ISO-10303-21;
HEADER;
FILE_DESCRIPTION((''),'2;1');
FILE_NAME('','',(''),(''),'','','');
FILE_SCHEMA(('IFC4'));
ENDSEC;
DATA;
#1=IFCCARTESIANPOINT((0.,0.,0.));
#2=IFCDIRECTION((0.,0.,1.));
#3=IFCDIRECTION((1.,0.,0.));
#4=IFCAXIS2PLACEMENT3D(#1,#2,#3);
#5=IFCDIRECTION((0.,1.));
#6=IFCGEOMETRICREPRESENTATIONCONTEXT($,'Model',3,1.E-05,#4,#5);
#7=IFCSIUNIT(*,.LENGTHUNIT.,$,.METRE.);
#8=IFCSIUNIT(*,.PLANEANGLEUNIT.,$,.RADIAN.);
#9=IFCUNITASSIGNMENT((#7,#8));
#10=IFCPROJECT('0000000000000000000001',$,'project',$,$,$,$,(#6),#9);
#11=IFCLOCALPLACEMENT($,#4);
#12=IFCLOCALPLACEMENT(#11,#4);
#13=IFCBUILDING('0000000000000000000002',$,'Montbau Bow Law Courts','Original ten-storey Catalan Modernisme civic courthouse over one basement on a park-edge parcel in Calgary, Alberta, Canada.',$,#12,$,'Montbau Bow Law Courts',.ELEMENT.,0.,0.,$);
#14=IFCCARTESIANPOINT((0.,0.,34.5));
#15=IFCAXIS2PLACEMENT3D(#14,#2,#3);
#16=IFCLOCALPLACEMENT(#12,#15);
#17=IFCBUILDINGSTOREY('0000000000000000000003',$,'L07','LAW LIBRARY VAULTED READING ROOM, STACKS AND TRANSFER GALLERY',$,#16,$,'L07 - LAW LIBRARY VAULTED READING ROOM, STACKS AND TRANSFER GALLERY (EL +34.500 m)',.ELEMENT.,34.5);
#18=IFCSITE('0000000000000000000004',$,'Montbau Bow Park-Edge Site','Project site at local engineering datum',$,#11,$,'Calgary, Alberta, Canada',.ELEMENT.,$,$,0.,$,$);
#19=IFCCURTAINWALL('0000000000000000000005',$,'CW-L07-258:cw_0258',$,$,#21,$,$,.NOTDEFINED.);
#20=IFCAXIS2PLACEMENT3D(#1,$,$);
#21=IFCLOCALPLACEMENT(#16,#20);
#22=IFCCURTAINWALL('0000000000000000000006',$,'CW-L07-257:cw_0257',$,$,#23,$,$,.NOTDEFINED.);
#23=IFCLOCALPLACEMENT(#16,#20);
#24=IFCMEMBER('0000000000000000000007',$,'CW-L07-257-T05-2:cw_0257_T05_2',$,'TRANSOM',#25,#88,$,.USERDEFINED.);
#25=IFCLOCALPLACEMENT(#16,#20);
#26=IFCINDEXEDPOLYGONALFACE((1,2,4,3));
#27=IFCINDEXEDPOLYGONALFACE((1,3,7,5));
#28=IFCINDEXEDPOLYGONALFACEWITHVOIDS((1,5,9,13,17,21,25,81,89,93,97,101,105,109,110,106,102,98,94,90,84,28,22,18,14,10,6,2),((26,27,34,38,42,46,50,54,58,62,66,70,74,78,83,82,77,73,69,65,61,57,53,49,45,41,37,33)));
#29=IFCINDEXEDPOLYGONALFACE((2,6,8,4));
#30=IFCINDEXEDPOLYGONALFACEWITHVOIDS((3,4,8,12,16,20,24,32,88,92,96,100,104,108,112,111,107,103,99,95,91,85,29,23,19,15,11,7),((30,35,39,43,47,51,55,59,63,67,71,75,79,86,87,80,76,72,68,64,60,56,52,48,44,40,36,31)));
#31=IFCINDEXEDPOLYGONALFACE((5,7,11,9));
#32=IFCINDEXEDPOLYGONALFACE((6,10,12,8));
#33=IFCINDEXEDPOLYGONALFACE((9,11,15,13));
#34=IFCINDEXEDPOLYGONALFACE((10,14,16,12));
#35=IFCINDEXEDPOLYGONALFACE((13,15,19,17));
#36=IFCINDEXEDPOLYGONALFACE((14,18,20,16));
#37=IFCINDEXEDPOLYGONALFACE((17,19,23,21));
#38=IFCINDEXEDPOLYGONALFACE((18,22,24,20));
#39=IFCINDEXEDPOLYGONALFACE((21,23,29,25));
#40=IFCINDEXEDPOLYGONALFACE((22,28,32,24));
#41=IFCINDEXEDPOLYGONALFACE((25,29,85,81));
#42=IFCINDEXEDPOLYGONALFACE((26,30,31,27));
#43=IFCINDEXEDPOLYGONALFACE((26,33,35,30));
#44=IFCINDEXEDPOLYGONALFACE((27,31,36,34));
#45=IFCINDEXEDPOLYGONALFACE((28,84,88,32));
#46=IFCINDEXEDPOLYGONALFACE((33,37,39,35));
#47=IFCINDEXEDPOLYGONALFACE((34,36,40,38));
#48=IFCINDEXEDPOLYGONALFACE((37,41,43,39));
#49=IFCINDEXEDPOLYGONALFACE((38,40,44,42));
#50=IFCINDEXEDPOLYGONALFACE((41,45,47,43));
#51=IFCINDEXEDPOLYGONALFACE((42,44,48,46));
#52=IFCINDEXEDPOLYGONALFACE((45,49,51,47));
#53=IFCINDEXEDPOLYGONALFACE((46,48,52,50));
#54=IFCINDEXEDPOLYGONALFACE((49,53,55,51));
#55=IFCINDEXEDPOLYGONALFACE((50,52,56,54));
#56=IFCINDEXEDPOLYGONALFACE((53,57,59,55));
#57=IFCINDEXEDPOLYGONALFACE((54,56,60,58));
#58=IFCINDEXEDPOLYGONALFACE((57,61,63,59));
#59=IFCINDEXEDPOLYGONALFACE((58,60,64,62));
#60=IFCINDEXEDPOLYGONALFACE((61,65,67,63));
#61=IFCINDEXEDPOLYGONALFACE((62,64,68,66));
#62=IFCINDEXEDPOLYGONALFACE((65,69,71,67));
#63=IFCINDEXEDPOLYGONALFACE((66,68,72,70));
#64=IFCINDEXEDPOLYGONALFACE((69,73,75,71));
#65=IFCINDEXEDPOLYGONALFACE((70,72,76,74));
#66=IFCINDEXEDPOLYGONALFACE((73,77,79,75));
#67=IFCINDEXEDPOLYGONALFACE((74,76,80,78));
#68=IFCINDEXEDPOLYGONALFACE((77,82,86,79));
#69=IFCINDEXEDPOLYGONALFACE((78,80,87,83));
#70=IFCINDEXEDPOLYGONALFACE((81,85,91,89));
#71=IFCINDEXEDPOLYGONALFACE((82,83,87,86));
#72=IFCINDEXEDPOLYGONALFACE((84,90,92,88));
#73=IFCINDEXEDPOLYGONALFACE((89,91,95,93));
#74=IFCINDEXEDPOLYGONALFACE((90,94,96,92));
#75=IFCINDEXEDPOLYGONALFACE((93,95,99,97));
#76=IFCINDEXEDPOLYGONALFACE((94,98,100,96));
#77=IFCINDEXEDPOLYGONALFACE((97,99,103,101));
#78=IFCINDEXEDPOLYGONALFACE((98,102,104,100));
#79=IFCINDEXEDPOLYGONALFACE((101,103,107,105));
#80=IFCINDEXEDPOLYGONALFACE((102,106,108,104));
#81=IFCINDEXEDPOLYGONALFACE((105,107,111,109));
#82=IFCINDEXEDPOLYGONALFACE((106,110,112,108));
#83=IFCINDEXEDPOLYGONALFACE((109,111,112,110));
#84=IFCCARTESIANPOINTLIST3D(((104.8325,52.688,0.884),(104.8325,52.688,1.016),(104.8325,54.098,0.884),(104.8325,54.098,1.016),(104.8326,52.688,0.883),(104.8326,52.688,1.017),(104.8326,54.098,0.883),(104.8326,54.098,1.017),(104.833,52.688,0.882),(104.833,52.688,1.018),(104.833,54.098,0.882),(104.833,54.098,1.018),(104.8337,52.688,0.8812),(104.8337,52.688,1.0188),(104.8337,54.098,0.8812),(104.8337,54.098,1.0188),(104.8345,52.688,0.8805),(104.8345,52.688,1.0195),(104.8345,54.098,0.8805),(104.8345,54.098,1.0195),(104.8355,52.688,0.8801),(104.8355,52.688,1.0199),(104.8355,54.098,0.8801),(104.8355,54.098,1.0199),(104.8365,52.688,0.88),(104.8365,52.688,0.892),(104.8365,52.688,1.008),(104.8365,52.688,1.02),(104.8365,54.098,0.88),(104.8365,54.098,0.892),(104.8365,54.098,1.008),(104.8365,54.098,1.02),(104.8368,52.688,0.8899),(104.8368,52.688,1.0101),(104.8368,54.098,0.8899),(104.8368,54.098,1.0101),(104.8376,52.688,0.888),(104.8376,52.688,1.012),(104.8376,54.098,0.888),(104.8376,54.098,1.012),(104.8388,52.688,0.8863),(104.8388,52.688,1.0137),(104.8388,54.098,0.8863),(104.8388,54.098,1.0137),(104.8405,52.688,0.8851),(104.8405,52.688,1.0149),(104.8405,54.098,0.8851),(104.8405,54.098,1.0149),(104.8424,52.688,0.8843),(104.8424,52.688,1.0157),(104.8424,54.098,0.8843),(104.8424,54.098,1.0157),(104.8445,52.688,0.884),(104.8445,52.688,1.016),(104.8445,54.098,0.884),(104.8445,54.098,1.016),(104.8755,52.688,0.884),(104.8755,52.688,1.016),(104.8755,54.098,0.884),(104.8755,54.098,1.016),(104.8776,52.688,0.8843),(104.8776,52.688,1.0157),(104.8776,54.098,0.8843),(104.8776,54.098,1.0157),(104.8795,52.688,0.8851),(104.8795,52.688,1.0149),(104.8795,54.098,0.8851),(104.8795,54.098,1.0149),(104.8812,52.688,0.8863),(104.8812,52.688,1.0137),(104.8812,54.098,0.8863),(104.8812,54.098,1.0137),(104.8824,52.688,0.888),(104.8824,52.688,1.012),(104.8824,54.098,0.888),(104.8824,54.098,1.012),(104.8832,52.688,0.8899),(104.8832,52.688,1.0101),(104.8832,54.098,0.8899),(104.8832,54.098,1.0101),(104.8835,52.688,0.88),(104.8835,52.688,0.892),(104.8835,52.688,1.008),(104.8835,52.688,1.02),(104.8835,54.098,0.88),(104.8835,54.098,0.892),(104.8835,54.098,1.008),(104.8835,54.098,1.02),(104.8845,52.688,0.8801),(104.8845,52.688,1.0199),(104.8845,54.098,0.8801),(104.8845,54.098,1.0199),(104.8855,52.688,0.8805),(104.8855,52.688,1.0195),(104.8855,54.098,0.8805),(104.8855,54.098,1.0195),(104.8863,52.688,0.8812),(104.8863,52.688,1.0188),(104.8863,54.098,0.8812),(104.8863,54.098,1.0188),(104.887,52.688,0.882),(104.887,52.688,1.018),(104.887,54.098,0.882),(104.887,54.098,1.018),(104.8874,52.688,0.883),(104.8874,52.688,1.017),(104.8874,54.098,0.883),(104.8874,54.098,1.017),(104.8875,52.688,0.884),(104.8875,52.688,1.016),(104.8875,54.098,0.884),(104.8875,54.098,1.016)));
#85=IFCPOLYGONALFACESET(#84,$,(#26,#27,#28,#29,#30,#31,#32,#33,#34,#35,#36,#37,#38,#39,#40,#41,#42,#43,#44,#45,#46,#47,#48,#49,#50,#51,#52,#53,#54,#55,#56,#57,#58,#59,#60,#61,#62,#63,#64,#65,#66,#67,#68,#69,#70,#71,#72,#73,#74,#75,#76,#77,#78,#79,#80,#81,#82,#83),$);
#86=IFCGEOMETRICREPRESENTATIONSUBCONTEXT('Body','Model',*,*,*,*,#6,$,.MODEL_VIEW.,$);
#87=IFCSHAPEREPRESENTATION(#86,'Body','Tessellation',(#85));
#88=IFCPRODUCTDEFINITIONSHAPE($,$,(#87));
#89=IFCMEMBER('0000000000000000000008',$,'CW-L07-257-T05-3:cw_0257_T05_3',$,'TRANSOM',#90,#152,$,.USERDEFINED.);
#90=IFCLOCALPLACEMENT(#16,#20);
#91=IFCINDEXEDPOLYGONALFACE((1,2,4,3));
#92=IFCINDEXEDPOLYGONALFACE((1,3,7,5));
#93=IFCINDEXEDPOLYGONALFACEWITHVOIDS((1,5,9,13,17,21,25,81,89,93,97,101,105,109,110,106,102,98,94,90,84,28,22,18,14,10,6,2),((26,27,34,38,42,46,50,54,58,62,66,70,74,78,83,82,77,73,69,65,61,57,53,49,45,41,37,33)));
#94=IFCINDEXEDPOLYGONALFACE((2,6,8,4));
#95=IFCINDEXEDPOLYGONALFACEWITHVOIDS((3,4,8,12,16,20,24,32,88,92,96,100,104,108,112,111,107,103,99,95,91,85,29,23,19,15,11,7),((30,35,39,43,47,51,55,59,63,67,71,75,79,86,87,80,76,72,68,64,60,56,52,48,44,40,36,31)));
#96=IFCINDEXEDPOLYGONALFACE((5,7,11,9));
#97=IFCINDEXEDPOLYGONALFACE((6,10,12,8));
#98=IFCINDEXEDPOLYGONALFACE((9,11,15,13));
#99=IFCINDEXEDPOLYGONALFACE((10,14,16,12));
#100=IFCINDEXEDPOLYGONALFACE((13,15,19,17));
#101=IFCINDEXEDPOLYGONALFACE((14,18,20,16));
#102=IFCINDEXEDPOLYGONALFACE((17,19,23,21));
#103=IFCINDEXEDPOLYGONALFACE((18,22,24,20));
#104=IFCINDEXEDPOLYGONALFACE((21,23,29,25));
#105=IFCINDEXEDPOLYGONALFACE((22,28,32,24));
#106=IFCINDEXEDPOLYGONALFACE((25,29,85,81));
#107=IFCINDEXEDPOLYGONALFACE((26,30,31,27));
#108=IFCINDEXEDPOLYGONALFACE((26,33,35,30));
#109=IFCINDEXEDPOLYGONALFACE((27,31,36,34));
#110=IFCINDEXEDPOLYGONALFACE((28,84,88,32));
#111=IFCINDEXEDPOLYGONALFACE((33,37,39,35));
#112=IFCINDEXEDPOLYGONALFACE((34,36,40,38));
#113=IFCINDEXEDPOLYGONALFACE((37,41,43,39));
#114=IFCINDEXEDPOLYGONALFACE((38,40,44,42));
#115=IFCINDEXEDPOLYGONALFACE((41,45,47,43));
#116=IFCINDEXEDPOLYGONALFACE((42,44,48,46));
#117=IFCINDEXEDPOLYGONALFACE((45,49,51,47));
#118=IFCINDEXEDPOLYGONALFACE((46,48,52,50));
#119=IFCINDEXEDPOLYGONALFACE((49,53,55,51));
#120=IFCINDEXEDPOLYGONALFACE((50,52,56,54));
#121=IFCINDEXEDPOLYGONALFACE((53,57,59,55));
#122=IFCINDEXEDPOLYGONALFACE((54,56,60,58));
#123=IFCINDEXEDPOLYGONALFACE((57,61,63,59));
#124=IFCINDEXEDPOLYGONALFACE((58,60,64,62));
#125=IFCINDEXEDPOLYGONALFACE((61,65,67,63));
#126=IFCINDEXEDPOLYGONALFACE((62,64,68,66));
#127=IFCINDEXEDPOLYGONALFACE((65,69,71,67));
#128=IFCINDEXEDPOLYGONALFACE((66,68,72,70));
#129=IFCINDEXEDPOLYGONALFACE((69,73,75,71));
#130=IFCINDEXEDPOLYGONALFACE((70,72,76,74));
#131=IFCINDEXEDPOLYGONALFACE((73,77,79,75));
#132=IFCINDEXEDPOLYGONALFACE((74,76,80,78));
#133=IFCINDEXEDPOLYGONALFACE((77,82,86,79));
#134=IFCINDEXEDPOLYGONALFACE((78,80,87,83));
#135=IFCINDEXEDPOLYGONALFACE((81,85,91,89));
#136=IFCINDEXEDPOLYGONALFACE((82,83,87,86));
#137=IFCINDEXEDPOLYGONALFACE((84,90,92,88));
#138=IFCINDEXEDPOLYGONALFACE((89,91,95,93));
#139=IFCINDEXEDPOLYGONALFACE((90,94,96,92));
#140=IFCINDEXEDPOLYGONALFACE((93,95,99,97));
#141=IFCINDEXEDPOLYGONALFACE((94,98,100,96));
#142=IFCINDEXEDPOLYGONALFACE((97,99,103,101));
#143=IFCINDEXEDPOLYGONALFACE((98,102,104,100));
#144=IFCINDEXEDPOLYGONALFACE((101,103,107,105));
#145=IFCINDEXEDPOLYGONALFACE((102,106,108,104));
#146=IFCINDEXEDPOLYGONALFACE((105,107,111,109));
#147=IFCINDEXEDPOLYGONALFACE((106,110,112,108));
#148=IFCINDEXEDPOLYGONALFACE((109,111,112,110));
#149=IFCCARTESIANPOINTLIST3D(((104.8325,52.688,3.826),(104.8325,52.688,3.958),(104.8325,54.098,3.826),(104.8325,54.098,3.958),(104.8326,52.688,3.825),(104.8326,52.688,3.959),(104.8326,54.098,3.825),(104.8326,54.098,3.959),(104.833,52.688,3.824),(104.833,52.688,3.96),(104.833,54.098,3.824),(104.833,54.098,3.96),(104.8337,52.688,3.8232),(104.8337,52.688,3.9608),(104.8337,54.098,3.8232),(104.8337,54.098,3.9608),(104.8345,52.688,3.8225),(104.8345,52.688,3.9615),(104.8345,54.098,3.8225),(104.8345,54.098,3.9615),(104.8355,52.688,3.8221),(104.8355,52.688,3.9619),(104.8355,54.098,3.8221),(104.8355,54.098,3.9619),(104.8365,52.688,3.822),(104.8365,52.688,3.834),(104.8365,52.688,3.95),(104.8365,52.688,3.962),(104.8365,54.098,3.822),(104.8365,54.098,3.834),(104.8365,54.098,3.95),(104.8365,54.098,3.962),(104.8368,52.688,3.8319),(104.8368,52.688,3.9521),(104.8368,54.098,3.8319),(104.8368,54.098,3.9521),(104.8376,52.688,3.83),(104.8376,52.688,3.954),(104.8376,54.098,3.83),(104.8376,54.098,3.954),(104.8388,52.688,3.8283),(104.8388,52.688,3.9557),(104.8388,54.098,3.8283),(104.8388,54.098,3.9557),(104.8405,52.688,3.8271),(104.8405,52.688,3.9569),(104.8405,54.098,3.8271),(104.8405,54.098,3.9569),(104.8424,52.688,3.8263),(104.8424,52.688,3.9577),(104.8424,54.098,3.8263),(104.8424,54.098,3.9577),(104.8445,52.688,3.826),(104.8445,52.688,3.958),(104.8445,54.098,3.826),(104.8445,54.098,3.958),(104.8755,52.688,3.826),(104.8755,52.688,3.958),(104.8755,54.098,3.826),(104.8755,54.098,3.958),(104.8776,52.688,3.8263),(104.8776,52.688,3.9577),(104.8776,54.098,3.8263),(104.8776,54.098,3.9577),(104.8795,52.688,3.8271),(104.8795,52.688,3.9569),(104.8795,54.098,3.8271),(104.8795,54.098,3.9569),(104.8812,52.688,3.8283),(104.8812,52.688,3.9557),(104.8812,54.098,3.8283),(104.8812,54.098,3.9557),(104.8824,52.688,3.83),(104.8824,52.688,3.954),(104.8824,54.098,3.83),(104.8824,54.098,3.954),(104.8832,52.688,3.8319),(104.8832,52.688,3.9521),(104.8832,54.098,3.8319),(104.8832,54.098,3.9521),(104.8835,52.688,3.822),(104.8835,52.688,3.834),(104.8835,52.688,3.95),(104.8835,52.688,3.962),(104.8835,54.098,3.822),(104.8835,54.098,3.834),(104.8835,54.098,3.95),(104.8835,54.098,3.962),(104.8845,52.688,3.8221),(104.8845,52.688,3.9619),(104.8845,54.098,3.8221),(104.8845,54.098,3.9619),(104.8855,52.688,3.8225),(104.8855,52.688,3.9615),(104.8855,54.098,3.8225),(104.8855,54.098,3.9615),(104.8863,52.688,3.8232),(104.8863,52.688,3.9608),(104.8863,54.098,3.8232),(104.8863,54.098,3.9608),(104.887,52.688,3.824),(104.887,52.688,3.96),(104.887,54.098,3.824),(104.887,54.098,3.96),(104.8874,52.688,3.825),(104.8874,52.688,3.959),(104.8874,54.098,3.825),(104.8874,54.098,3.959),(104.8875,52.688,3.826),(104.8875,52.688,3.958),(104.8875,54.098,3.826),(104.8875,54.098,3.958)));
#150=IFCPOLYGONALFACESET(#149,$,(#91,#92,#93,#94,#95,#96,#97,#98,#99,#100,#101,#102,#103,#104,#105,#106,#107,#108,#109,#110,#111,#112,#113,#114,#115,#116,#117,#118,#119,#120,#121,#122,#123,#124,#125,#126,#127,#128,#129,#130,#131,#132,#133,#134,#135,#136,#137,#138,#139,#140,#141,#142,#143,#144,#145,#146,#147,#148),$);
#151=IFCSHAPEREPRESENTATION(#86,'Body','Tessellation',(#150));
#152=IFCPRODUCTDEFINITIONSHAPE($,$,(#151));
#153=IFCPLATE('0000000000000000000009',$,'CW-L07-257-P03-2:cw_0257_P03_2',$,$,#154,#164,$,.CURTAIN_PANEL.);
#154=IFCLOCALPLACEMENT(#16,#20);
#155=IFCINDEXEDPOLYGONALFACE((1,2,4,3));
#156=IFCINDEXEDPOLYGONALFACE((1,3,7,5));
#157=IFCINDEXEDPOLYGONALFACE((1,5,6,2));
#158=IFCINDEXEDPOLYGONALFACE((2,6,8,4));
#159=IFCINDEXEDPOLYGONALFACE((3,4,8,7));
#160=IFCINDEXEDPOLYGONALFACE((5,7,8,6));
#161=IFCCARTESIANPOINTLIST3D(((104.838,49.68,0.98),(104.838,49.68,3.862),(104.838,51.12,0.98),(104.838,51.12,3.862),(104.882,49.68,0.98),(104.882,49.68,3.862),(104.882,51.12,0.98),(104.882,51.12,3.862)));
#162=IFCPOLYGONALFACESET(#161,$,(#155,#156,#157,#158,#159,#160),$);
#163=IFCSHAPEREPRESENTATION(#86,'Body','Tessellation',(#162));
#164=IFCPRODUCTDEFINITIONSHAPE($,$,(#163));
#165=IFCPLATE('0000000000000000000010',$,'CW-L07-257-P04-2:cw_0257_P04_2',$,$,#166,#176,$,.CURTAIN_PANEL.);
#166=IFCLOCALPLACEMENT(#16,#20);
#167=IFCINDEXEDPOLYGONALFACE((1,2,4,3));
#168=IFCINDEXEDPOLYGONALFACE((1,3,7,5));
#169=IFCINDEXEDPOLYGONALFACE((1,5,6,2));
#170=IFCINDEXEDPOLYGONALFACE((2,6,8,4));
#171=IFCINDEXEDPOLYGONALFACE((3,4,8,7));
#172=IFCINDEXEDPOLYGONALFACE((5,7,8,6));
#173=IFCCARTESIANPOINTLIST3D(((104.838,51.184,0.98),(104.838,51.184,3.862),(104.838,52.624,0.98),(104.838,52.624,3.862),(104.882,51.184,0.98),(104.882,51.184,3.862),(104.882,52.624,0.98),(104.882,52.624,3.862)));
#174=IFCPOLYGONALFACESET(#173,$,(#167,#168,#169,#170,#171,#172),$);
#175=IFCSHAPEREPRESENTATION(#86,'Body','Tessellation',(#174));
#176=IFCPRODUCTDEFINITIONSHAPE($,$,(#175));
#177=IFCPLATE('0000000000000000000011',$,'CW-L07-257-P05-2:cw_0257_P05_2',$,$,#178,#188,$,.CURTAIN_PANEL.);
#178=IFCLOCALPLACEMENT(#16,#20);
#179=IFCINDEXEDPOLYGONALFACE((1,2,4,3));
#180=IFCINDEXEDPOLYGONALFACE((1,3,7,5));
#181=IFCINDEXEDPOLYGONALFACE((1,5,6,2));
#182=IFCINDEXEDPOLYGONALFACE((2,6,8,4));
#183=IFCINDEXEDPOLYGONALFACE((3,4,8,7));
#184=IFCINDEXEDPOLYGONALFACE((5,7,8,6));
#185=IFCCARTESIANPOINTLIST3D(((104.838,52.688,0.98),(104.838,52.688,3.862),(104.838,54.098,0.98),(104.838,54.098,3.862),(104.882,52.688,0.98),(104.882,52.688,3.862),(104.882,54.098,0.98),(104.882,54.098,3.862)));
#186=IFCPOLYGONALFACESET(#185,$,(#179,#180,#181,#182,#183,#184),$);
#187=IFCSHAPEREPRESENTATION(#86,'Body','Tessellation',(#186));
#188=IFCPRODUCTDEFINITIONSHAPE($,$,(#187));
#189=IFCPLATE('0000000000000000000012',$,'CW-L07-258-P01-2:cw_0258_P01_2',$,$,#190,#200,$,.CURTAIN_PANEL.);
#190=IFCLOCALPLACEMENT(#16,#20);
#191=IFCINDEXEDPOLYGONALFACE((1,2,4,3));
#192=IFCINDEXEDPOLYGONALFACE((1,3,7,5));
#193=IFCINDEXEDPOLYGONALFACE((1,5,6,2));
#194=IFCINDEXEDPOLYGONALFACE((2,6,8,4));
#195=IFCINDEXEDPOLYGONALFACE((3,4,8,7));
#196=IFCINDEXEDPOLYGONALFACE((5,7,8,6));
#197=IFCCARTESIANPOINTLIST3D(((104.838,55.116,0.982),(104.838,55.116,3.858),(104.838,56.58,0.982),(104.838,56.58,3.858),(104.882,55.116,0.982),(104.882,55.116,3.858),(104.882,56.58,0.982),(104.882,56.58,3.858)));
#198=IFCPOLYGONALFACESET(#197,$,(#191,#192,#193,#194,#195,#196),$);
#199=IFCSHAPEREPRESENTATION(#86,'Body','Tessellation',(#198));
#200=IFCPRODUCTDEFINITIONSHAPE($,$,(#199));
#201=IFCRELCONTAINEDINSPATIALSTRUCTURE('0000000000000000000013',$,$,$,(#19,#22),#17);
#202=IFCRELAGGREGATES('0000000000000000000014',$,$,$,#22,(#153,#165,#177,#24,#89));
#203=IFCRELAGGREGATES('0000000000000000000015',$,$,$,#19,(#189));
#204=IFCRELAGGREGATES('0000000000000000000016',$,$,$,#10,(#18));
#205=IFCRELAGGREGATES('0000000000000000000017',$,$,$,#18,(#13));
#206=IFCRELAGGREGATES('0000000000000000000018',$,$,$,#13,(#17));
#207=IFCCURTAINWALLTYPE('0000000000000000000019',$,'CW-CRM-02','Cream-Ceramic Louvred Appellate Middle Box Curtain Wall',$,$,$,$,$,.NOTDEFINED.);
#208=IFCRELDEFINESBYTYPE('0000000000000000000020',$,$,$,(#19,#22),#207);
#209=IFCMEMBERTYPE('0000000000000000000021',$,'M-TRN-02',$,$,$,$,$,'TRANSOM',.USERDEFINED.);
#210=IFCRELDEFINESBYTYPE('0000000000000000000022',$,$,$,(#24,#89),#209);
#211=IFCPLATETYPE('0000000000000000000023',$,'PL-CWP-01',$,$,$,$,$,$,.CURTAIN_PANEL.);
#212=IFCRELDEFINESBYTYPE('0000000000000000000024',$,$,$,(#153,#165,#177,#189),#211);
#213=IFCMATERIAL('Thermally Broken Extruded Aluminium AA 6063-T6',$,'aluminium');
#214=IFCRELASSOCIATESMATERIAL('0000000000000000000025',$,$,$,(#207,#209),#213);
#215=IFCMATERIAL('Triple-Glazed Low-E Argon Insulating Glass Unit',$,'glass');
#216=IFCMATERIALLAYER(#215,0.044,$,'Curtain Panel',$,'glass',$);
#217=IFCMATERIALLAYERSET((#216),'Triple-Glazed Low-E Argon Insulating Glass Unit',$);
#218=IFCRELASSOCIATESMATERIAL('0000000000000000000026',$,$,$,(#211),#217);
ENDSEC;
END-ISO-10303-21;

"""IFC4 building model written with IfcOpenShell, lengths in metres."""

from ifc_helpers import new_model, si_unit, direction, frame, frame_2d, origin_with_axes, origin_2d_with_axis, place, context, subcontext, project, spatial, rectangle, hollow_rectangle, extrude, material, layer, layer_set, material_profile, profile_set, type_object, element, aggregate, save


model = new_model("IFC4")

# Units and contexts
model_context = context("Model", 3, precision=1e-05, world=origin_with_axes(), true_north=direction((0.0, 1.0)))
body_context = subcontext(model_context, "Body", "Model", "MODEL_VIEW")
ifc_project = project(units=[si_unit("LENGTHUNIT", "METRE"), si_unit("PLANEANGLEUNIT", "RADIAN")], contexts=[model_context])

# Site, building, storey
site_placement = place(None, origin_with_axes())
site = spatial("IfcSite", under=ifc_project, at=site_placement, Name="Montbau Bow Park-Edge Site", Description="Project site at local engineering datum", LongName="Calgary, Alberta, Canada", CompositionType="ELEMENT", RefElevation=0.0)
building_placement = place(site_placement, origin_with_axes())
building = spatial("IfcBuilding", under=site, at=building_placement, Name="Montbau Bow Law Courts", Description="Original ten-storey Catalan Modernisme civic courthouse over one basement on a park-edge parcel in Calgary, Alberta, Canada.", LongName="Montbau Bow Law Courts", CompositionType="ELEMENT", ElevationOfRefHeight=0.0, ElevationOfTerrain=0.0)
storey_placement = place(building_placement, frame((0.0, 0.0, 34.5), z_axis=(0.0, 0.0, 1.0), x_axis=(1.0, 0.0, 0.0)))
storey = spatial("IfcBuildingStorey", under=building, at=storey_placement, Name="L07", Description="LAW LIBRARY VAULTED READING ROOM, STACKS AND TRANSFER GALLERY", LongName="L07 - LAW LIBRARY VAULTED READING ROOM, STACKS AND TRANSFER GALLERY (EL +34.500 m)", CompositionType="ELEMENT", Elevation=34.5)

# Curtain walls
ifc_material_1 = material(Name="Thermally Broken Extruded Aluminium AA 6063-T6", Category="aluminium")
curtain_wall_type = type_object("IfcCurtainWallType", Name="CW-CRM-02", Description="Cream-Ceramic Louvred Appellate Middle Box Curtain Wall", PredefinedType="NOTDEFINED", material=ifc_material_1)
curtain_wall_1_placement = place(None, frame((104.86, 55.04, 34.5), z_axis=(0.0, 0.0, 1.0), x_axis=(1.0, 0.0, 0.0)))
curtain_wall_1 = element("IfcCurtainWall", 1, at=curtain_wall_1_placement, inside=storey, type_object=curtain_wall_type, Name="CW-L07-258:cw_0258", PredefinedType="NOTDEFINED")
curtain_wall_2_placement = place(None, frame((104.86, 46.64, 34.5), z_axis=(0.0, 0.0, 1.0), x_axis=(1.0, 0.0, 0.0)))
curtain_wall_2 = element("IfcCurtainWall", 2, at=curtain_wall_2_placement, inside=storey, type_object=curtain_wall_type, Name="CW-L07-257:cw_0257", PredefinedType="NOTDEFINED")

# Members
ifc_material_profile_1 = material_profile(ifc_material_1, hollow_rectangle(XDim=0.055, YDim=0.14, WallThickness=0.004, InnerFilletRadius=0.008, OuterFilletRadius=0.004, at=origin_2d_with_axis()), Name="CWT-140X55", Category="Main", Priority=0)
ifc_profile_set_1 = profile_set([ifc_material_profile_1], Name="Thermally Broken Extruded Aluminium AA 6063-T6")
member_type_1 = type_object("IfcMemberType", Name="M-TRN-02", ElementType="TRANSOM", PredefinedType="USERDEFINED", material=ifc_profile_set_1)
member_1_placement = place(None, frame((104.86, 52.688, 35.45), z_axis=(0.0, 1.0, 0.0), x_axis=(-1.0, 0.0, 0.0)))
member_1 = element("IfcMember", 3, at=member_1_placement, type_object=member_type_1, Name="CW-L07-257-T05-2:cw_0257_T05_2", ObjectType="TRANSOM", PredefinedType="USERDEFINED", context=body_context, shape_type="SweptSolid", body=[
    extrude(hollow_rectangle(XDim=0.055, YDim=0.14, WallThickness=0.004, InnerFilletRadius=0.008, OuterFilletRadius=0.004, at=origin_2d_with_axis()), origin_with_axes(), (0.0, 0.0, 1.0), 1.41),
])
member_2_placement = place(None, frame((104.86, 52.688, 38.392), z_axis=(0.0, 1.0, 0.0), x_axis=(-1.0, 0.0, 0.0)))
member_2 = element("IfcMember", 4, at=member_2_placement, type_object=member_type_1, Name="CW-L07-257-T05-3:cw_0257_T05_3", ObjectType="TRANSOM", PredefinedType="USERDEFINED", context=body_context, shape_type="SweptSolid", body=[
    extrude(hollow_rectangle(XDim=0.055, YDim=0.14, WallThickness=0.004, InnerFilletRadius=0.008, OuterFilletRadius=0.004, at=origin_2d_with_axis()), origin_with_axes(), (0.0, 0.0, 1.0), 1.41),
])

# Plates
ifc_material_2 = material(Name="Triple-Glazed Low-E Argon Insulating Glass Unit", Category="glass")
ifc_layer_1 = layer(ifc_material_2, 0.044, Name="Curtain Panel", Category="glass")
ifc_layer_set_1 = layer_set([ifc_layer_1], Name="Triple-Glazed Low-E Argon Insulating Glass Unit")
plate_type_1 = type_object("IfcPlateType", Name="PL-CWP-01", PredefinedType="CURTAIN_PANEL", material=ifc_layer_set_1)
plate_1_placement = place(None, frame((104.86, 49.68, 35.48), z_axis=(1.0, 0.0, 0.0), x_axis=(0.0, 1.0, 0.0)))
plate_1 = element("IfcPlate", 5, at=plate_1_placement, type_object=plate_type_1, Name="CW-L07-257-P03-2:cw_0257_P03_2", PredefinedType="CURTAIN_PANEL", context=body_context, shape_type="SweptSolid", body=[
    extrude(rectangle(XDim=1.44, YDim=2.882, at=frame_2d((0.72, 1.441), x_axis=(1.0, 0.0))), frame((0.0, 0.0, -0.022), z_axis=(0.0, 0.0, 1.0), x_axis=(1.0, 0.0, 0.0)), (0.0, 0.0, 1.0), 0.044),
])
plate_2_placement = place(None, frame((104.86, 51.184, 35.48), z_axis=(1.0, 0.0, 0.0), x_axis=(0.0, 1.0, 0.0)))
plate_2 = element("IfcPlate", 6, at=plate_2_placement, type_object=plate_type_1, Name="CW-L07-257-P04-2:cw_0257_P04_2", PredefinedType="CURTAIN_PANEL", context=body_context, shape_type="SweptSolid", body=[
    extrude(rectangle(XDim=1.44, YDim=2.882, at=frame_2d((0.72, 1.441), x_axis=(1.0, 0.0))), frame((0.0, 0.0, -0.022), z_axis=(0.0, 0.0, 1.0), x_axis=(1.0, 0.0, 0.0)), (0.0, 0.0, 1.0), 0.044),
])
plate_3_placement = place(None, frame((104.86, 52.688, 35.48), z_axis=(1.0, 0.0, 0.0), x_axis=(0.0, 1.0, 0.0)))
plate_3 = element("IfcPlate", 7, at=plate_3_placement, type_object=plate_type_1, Name="CW-L07-257-P05-2:cw_0257_P05_2", PredefinedType="CURTAIN_PANEL", context=body_context, shape_type="SweptSolid", body=[
    extrude(rectangle(XDim=1.41, YDim=2.882, at=frame_2d((0.705, 1.441), x_axis=(1.0, 0.0))), frame((0.0, 0.0, -0.022), z_axis=(0.0, 0.0, 1.0), x_axis=(1.0, 0.0, 0.0)), (0.0, 0.0, 1.0), 0.044),
])
plate_4_placement = place(None, frame((104.86, 55.116, 35.482), z_axis=(1.0, 0.0, 0.0), x_axis=(0.0, 1.0, 0.0)))
plate_4 = element("IfcPlate", 8, at=plate_4_placement, type_object=plate_type_1, Name="CW-L07-258-P01-2:cw_0258_P01_2", PredefinedType="CURTAIN_PANEL", context=body_context, shape_type="SweptSolid", body=[
    extrude(rectangle(XDim=1.464, YDim=2.876, at=frame_2d((0.732, 1.438), x_axis=(1.0, 0.0))), frame((0.0, 0.0, -0.022), z_axis=(0.0, 0.0, 1.0), x_axis=(1.0, 0.0, 0.0)), (0.0, 0.0, 1.0), 0.044),
])
aggregate(curtain_wall_2, [plate_1, plate_2, plate_3, member_1, member_2])
aggregate(curtain_wall_1, [plate_4])

save(model, "model.ifc")
